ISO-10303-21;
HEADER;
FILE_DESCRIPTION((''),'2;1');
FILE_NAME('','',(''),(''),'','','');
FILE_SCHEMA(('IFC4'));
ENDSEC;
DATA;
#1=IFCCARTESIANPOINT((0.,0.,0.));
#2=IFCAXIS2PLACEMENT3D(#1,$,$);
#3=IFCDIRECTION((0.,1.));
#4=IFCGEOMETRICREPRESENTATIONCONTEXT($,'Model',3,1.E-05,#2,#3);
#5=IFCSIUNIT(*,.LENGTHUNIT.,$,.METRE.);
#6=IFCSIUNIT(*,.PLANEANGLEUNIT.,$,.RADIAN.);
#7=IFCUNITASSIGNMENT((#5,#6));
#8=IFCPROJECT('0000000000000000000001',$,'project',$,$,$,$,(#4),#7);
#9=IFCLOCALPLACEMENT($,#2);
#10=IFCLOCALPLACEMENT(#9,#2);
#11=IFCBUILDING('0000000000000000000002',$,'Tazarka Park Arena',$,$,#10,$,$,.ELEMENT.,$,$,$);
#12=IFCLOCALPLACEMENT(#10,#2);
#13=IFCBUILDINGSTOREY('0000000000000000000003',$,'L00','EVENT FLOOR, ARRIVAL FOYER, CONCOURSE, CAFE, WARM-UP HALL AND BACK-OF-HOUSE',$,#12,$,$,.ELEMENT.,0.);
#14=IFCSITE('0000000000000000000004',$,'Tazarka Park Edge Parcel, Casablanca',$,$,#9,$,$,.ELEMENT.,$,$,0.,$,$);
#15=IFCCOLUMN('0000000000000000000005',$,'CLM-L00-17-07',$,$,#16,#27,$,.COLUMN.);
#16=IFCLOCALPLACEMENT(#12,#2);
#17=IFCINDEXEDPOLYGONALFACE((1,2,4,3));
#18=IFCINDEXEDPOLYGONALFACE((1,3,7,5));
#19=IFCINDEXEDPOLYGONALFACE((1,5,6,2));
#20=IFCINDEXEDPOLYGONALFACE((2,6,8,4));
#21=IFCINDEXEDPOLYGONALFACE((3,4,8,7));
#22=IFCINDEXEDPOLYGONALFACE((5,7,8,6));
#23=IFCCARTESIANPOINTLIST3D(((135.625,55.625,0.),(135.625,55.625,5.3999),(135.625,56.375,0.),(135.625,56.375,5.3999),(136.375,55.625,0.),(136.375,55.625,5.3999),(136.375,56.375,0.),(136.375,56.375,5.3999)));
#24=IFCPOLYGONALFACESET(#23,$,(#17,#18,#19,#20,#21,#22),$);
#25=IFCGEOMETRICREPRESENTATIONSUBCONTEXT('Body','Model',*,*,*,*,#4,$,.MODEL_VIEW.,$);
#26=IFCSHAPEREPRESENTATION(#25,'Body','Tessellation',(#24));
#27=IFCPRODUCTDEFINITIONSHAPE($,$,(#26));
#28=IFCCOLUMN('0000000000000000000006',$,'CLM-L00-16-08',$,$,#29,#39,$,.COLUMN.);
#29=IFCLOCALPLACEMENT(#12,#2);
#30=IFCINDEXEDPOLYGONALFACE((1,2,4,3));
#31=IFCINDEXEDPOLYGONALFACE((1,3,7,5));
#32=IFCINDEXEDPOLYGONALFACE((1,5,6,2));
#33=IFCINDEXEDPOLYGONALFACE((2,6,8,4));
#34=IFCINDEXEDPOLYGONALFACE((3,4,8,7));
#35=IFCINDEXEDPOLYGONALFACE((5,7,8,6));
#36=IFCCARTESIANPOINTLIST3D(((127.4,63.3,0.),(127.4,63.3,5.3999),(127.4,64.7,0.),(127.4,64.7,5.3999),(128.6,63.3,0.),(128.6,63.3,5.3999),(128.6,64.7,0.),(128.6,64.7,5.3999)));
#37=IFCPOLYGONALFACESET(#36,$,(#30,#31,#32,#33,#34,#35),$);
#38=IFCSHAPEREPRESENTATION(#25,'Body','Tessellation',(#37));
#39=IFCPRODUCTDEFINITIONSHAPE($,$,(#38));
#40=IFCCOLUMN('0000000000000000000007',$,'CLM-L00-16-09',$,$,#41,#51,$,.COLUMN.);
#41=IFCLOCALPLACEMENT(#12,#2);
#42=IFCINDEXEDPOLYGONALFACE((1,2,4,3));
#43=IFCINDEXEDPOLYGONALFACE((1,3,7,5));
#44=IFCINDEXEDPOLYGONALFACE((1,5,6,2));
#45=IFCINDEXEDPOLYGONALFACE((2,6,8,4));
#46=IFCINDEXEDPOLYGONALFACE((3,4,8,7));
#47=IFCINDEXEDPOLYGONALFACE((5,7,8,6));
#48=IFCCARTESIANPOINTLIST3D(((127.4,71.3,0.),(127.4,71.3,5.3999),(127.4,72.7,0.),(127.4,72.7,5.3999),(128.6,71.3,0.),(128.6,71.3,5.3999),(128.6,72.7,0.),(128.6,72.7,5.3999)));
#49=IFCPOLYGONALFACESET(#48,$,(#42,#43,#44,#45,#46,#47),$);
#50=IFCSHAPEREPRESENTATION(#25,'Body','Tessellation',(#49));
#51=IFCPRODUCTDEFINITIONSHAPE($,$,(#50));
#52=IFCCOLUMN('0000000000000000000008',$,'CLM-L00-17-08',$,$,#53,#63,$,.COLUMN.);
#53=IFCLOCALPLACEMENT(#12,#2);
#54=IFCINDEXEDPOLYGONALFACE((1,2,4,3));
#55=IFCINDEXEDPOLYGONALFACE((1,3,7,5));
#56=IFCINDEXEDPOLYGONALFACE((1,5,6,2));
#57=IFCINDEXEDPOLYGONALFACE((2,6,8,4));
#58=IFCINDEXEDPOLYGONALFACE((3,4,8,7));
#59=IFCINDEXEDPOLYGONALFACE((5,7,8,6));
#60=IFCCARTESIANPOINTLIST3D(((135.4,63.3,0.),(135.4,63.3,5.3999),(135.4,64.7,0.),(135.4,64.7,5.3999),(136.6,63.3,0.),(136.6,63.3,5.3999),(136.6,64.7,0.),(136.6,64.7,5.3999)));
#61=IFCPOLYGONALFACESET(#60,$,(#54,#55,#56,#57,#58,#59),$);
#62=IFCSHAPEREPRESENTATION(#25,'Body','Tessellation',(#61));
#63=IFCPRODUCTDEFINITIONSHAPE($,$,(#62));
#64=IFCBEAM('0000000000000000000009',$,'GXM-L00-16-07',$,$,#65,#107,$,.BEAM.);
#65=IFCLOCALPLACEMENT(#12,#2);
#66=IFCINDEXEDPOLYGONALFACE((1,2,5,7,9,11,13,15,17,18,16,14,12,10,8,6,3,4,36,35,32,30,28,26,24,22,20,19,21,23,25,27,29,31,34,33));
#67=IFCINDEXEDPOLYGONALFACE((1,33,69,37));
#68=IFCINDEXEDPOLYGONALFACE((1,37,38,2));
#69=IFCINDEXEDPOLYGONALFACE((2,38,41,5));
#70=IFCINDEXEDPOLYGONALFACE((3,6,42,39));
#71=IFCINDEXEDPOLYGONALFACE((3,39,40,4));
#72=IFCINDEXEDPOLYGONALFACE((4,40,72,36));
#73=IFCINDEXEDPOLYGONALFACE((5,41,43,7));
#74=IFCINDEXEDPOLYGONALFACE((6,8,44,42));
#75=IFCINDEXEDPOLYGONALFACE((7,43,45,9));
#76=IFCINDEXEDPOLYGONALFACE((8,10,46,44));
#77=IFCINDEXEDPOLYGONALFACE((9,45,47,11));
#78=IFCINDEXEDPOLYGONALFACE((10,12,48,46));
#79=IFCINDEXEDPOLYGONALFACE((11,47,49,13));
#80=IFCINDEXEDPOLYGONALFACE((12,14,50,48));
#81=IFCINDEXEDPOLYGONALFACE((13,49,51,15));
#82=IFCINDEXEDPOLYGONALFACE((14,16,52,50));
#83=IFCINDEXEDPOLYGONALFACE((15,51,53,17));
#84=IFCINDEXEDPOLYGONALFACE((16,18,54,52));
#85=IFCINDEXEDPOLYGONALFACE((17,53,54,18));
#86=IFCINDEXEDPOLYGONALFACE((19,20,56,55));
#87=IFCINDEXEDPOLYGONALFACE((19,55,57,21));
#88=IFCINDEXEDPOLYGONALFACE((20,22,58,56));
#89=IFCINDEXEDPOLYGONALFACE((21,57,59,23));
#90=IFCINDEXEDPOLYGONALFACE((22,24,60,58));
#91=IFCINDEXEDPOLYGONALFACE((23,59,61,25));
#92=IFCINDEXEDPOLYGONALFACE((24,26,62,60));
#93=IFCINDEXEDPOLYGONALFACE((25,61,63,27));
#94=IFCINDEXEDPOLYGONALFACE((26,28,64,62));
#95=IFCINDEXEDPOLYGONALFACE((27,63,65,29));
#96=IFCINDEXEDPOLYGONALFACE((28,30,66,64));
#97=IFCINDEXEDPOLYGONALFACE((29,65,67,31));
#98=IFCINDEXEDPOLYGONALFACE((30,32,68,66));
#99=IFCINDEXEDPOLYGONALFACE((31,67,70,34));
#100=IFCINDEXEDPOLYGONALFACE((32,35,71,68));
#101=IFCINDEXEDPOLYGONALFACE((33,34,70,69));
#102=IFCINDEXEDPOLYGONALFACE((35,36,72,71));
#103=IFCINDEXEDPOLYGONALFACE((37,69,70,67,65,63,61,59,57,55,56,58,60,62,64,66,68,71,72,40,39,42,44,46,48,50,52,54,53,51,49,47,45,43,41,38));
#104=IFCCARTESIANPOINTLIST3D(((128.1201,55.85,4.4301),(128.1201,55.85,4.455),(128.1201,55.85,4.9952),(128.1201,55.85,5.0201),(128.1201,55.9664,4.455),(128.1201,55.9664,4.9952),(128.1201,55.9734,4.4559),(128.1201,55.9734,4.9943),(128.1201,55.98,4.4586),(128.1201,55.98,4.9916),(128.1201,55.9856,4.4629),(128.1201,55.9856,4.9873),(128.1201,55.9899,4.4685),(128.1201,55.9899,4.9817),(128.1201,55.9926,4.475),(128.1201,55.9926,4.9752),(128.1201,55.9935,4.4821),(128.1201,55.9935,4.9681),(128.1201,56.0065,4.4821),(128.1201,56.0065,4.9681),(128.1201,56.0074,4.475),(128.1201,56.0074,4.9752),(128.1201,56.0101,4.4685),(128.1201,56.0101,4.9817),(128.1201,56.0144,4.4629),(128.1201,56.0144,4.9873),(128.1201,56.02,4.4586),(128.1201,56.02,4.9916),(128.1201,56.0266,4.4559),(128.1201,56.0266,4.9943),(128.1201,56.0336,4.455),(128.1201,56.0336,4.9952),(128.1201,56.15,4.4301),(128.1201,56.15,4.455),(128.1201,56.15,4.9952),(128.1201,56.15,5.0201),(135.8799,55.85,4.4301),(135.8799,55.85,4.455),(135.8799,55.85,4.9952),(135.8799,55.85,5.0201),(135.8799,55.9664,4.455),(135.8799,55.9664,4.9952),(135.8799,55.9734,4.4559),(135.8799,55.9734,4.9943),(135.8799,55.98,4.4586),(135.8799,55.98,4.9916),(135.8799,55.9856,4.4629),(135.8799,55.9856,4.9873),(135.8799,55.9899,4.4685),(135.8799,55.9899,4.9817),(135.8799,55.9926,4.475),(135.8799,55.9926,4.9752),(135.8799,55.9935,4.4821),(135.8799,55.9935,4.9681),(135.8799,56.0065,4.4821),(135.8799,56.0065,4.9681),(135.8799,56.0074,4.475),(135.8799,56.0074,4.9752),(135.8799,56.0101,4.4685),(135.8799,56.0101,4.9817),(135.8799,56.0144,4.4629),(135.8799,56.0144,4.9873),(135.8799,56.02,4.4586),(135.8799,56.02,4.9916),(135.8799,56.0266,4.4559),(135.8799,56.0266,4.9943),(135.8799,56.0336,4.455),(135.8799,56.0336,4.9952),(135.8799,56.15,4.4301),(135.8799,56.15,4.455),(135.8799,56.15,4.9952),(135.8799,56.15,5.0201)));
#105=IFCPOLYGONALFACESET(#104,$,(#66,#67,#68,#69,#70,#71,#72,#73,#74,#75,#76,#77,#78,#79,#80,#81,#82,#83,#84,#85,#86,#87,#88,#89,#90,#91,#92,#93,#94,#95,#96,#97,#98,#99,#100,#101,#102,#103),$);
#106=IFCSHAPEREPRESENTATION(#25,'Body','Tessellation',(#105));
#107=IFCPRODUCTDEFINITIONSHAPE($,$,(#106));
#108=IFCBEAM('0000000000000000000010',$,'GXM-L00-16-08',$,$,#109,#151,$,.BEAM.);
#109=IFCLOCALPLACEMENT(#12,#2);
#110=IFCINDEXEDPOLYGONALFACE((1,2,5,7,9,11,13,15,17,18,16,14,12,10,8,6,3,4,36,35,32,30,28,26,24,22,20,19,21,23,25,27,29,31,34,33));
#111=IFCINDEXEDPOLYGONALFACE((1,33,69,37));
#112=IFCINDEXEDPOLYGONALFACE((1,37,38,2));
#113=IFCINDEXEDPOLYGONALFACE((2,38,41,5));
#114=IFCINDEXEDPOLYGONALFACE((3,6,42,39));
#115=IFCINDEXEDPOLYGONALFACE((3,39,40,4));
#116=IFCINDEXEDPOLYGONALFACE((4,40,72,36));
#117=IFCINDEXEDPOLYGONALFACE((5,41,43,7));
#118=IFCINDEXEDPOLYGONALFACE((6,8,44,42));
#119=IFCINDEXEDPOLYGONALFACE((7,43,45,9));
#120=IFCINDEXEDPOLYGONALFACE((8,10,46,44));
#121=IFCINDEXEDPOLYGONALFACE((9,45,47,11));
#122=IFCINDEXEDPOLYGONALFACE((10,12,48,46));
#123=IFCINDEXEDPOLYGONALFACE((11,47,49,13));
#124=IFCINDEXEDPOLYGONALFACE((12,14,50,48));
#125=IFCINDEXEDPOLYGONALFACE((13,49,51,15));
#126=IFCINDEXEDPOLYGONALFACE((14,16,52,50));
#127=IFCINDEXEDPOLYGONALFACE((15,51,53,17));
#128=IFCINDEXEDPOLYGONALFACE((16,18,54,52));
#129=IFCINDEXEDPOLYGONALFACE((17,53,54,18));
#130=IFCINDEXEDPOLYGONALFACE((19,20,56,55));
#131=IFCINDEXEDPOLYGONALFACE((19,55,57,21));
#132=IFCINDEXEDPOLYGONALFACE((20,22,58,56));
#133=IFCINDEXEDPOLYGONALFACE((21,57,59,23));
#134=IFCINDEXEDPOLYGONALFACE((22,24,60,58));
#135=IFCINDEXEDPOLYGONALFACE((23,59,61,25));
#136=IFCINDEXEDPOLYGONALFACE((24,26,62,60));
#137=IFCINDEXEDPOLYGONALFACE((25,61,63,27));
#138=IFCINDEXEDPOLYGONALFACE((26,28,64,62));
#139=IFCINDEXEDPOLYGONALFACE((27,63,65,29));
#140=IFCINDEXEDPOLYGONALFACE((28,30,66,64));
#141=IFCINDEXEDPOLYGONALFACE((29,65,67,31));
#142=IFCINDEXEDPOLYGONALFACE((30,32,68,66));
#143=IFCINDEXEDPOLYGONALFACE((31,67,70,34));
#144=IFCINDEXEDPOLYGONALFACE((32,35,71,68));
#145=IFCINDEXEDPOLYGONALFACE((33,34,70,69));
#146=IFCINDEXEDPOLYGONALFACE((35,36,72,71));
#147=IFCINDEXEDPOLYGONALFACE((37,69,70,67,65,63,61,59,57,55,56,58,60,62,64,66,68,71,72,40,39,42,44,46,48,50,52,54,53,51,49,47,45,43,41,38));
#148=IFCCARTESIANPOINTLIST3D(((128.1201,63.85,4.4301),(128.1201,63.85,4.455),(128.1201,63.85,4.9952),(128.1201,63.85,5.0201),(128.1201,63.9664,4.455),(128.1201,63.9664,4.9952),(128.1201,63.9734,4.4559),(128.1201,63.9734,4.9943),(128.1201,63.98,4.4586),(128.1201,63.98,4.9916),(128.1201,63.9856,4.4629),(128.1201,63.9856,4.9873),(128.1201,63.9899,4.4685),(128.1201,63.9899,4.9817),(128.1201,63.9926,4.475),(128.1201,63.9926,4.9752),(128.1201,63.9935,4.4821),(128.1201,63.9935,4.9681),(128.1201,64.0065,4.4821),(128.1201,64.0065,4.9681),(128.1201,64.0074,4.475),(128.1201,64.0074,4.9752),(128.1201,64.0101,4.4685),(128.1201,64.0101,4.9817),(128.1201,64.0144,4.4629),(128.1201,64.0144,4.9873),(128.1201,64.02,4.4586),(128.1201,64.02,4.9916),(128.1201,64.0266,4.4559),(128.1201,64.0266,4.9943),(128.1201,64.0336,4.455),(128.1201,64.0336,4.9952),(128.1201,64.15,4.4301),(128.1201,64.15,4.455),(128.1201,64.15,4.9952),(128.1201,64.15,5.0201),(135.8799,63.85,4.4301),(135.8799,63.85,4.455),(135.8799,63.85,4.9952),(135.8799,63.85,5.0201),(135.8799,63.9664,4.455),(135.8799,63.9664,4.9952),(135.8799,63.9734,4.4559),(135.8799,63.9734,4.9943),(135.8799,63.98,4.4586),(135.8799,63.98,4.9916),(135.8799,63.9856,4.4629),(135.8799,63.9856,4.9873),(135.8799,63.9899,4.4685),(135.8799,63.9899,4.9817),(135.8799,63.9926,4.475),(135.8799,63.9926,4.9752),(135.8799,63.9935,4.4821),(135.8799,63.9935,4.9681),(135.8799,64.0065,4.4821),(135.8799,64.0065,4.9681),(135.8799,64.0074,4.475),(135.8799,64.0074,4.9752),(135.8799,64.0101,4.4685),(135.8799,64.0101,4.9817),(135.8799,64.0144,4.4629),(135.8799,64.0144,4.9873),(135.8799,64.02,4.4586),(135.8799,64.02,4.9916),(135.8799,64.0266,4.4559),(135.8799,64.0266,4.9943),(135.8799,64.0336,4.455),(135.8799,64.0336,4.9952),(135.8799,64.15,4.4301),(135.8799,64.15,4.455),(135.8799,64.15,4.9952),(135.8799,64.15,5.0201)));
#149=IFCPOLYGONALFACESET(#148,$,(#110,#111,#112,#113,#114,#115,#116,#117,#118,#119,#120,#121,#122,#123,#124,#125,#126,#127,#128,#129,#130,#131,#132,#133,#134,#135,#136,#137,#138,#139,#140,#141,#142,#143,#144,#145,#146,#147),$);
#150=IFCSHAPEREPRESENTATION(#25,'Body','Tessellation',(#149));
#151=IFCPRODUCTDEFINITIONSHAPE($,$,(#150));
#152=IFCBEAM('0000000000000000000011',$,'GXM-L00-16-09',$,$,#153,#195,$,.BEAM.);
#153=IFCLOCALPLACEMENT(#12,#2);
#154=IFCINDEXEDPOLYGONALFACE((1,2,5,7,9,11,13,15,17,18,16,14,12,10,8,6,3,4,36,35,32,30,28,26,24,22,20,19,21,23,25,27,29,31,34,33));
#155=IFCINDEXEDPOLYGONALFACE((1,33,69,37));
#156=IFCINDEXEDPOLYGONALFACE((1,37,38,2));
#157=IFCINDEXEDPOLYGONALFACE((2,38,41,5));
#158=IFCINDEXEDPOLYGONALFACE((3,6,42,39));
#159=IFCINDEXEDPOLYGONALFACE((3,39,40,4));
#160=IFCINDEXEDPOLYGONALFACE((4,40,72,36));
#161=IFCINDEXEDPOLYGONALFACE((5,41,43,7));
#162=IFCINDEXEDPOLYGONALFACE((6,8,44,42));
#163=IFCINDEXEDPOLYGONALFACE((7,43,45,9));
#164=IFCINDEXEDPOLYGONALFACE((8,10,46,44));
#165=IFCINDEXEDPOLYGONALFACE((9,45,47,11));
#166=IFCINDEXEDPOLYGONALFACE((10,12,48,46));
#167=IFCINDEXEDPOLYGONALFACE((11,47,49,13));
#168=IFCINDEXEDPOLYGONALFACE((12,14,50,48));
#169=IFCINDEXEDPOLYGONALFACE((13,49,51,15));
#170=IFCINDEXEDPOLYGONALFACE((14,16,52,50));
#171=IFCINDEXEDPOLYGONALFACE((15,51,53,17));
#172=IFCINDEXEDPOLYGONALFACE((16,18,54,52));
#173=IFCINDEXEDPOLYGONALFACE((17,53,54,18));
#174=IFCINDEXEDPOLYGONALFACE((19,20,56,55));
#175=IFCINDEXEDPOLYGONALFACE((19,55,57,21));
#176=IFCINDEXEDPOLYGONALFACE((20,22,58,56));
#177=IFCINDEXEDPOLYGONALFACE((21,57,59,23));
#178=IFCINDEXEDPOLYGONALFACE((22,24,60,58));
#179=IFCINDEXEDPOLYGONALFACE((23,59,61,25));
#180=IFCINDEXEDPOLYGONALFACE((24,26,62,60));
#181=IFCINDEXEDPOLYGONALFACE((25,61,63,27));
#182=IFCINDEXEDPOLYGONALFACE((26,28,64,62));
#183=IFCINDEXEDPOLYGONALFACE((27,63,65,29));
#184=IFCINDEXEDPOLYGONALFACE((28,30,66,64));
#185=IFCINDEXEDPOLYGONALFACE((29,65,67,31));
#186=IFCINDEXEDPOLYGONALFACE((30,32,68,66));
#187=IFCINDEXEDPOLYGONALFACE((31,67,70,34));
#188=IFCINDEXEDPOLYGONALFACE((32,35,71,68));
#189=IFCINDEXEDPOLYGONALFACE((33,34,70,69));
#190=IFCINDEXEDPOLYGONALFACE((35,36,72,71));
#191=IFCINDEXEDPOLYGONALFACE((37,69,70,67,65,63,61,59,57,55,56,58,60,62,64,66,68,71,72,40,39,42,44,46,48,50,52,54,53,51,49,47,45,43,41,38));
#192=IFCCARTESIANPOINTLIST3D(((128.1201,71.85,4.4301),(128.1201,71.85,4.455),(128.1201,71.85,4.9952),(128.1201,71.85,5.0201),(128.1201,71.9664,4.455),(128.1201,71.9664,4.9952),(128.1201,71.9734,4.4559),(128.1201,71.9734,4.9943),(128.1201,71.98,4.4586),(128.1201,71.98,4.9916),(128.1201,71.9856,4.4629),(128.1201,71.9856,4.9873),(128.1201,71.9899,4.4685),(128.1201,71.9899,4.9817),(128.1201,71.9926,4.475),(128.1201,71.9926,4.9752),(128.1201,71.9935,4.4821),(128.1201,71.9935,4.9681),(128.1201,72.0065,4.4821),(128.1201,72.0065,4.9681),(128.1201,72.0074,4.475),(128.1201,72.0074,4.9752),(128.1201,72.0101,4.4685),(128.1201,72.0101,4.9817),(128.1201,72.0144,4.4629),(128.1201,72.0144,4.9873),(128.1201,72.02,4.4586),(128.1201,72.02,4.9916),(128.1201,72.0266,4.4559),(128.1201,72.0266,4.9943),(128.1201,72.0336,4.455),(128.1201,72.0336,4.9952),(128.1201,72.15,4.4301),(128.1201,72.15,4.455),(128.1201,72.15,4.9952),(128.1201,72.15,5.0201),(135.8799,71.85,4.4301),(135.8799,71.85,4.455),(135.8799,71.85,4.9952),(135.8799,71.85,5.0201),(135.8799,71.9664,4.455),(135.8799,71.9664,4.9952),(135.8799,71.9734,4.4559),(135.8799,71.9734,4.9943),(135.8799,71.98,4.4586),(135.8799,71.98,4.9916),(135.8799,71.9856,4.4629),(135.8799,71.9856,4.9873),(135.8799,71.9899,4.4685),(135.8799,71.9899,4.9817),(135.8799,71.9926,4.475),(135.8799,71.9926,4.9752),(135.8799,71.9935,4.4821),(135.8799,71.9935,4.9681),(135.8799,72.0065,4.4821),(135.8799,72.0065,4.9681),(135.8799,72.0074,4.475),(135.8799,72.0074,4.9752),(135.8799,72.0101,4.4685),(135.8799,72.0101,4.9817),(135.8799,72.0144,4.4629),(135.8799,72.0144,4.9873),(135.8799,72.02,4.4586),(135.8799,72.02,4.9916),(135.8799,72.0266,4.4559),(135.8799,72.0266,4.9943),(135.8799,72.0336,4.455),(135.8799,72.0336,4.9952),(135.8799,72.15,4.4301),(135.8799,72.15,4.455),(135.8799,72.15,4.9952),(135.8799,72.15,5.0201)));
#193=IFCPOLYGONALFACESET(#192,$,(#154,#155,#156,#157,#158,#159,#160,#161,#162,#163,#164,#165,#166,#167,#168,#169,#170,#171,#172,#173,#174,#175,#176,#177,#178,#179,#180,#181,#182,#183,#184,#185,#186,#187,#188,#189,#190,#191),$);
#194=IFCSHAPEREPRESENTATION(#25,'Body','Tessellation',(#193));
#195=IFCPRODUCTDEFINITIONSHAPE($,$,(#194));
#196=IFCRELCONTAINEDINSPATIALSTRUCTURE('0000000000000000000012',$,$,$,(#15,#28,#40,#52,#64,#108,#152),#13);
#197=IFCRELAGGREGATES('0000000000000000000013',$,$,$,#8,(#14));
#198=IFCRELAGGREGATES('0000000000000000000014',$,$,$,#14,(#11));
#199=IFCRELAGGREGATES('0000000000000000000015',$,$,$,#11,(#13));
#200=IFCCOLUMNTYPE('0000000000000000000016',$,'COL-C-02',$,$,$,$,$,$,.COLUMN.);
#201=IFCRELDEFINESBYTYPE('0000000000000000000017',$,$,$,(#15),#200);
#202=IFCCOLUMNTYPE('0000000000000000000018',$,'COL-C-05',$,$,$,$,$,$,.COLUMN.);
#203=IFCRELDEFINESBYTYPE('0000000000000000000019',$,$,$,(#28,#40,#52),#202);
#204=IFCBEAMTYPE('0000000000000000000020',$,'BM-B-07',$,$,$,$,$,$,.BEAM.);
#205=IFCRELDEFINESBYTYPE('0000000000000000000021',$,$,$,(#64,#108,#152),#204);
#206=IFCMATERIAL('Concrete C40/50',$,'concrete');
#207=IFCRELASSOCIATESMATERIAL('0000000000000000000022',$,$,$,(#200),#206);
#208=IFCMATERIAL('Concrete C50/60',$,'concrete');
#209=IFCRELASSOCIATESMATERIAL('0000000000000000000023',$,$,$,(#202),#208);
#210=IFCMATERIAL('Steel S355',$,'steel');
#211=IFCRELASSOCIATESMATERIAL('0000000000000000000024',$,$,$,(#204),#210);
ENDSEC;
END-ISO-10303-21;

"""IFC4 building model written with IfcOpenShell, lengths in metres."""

from ifc_helpers import new_model, si_unit, direction, frame, origin, origin_2d, place, context, subcontext, project, spatial, rectangle, i_section, extrude, material, material_profile, profile_set, type_object, element, save


model = new_model("IFC4")

# Units and contexts
model_context = context("Model", 3, precision=1e-05, world=origin(), true_north=direction((0.0, 1.0)))
body_context = subcontext(model_context, "Body", "Model", "MODEL_VIEW")
ifc_project = project(units=[si_unit("LENGTHUNIT", "METRE"), si_unit("PLANEANGLEUNIT", "RADIAN")], contexts=[model_context])

# Site, building, storey
site_placement = place(None, origin())
site = spatial("IfcSite", under=ifc_project, at=site_placement, Name="Tazarka Park Edge Parcel, Casablanca", CompositionType="ELEMENT", RefElevation=0.0)
building_placement = place(site_placement, origin())
building = spatial("IfcBuilding", under=site, at=building_placement, Name="Tazarka Park Arena", CompositionType="ELEMENT")
storey_placement = place(building_placement, origin())
storey = spatial("IfcBuildingStorey", under=building, at=storey_placement, Name="L00", Description="EVENT FLOOR, ARRIVAL FOYER, CONCOURSE, CAFE, WARM-UP HALL AND BACK-OF-HOUSE", CompositionType="ELEMENT", Elevation=0.0)

# Columns
ifc_material_1 = material(Name="Concrete C40/50", Category="concrete")
ifc_material_profile_1 = material_profile(ifc_material_1, rectangle(XDim=0.75, YDim=0.75, at=origin_2d()), Name="Concrete C40/50")
ifc_profile_set_1 = profile_set([ifc_material_profile_1], Name="Concrete C40/50")
column_type_1 = type_object("IfcColumnType", Name="COL-C-02", PredefinedType="COLUMN", material=ifc_profile_set_1)
column_placement = place(storey_placement, frame((136.0, 56.0, 0.0), z_axis=(0.0, 0.0, 1.0), x_axis=(1.0, 0.0, 0.0)))
element("IfcColumn", 1, at=column_placement, inside=storey, type_object=column_type_1, Name="CLM-L00-17-07", PredefinedType="COLUMN", context=body_context, shape_type="SweptSolid", body=[
    extrude(rectangle(XDim=0.75, YDim=0.75, at=origin_2d()), origin(), (0.0, 0.0, 1.0), 5.3999),
])
ifc_material_2 = material(Name="Concrete C50/60", Category="concrete")
ifc_material_profile_2 = material_profile(ifc_material_2, rectangle(XDim=1.2, YDim=1.3999, at=origin_2d()), Name="Concrete C50/60")
ifc_profile_set_2 = profile_set([ifc_material_profile_2], Name="Concrete C50/60")
column_type_2 = type_object("IfcColumnType", Name="COL-C-05", PredefinedType="COLUMN", material=ifc_profile_set_2)
for number, where, z_axis, x_axis, name in (
    (2, (128.0, 64.0, 0.0), (0.0, 0.0, 1.0), (1.0, 0.0, 0.0), "CLM-L00-16-08"),
    (3, (128.0, 72.0, 0.0), (0.0, 0.0, 1.0), (1.0, 0.0, 0.0), "CLM-L00-16-09"),
    (4, (136.0, 64.0, 0.0), (0.0, 0.0, 1.0), (1.0, 0.0, 0.0), "CLM-L00-17-08"),
):
    element("IfcColumn", number, at=place(storey_placement, frame(where, z_axis=z_axis, x_axis=x_axis)), inside=storey, type_object=column_type_2, Name=name, PredefinedType="COLUMN", context=body_context, shape_type="SweptSolid", body=[
        extrude(rectangle(XDim=1.2, YDim=1.3999, at=origin_2d()), origin(), (0.0, 0.0, 1.0), 5.3999),
    ])

# Beams
ifc_material_3 = material(Name="Steel S355", Category="steel")
ifc_material_profile_3 = material_profile(ifc_material_3, i_section(OverallWidth=0.3, OverallDepth=0.5901, WebThickness=0.0129, FlangeThickness=0.0249, FilletRadius=0.0271, at=origin_2d()), Name="Steel S355")
ifc_profile_set_3 = profile_set([ifc_material_profile_3], Name="Steel S355")
beam_type_1 = type_object("IfcBeamType", Name="BM-B-07", PredefinedType="BEAM", material=ifc_profile_set_3)
for number, where, z_axis, x_axis, name in (
    (5, (128.1201, 56.0, 4.7251), (1.0, 0.0, 0.0), (0.0, 1.0, 0.0), "GXM-L00-16-07"),
    (6, (128.1201, 64.0, 4.7251), (1.0, 0.0, 0.0), (0.0, 1.0, 0.0), "GXM-L00-16-08"),
    (7, (128.1201, 72.0, 4.7251), (1.0, 0.0, 0.0), (0.0, 1.0, 0.0), "GXM-L00-16-09"),
):
    element("IfcBeam", number, at=place(storey_placement, frame(where, z_axis=z_axis, x_axis=x_axis)), inside=storey, type_object=beam_type_1, Name=name, PredefinedType="BEAM", context=body_context, shape_type="SweptSolid", body=[
        extrude(i_section(OverallWidth=0.3, OverallDepth=0.5901, WebThickness=0.0129, FlangeThickness=0.0249, FilletRadius=0.0271, at=origin_2d()), origin(), (0.0, 0.0, 1.0), 7.7598),
    ])

save(model, "model.ifc")
